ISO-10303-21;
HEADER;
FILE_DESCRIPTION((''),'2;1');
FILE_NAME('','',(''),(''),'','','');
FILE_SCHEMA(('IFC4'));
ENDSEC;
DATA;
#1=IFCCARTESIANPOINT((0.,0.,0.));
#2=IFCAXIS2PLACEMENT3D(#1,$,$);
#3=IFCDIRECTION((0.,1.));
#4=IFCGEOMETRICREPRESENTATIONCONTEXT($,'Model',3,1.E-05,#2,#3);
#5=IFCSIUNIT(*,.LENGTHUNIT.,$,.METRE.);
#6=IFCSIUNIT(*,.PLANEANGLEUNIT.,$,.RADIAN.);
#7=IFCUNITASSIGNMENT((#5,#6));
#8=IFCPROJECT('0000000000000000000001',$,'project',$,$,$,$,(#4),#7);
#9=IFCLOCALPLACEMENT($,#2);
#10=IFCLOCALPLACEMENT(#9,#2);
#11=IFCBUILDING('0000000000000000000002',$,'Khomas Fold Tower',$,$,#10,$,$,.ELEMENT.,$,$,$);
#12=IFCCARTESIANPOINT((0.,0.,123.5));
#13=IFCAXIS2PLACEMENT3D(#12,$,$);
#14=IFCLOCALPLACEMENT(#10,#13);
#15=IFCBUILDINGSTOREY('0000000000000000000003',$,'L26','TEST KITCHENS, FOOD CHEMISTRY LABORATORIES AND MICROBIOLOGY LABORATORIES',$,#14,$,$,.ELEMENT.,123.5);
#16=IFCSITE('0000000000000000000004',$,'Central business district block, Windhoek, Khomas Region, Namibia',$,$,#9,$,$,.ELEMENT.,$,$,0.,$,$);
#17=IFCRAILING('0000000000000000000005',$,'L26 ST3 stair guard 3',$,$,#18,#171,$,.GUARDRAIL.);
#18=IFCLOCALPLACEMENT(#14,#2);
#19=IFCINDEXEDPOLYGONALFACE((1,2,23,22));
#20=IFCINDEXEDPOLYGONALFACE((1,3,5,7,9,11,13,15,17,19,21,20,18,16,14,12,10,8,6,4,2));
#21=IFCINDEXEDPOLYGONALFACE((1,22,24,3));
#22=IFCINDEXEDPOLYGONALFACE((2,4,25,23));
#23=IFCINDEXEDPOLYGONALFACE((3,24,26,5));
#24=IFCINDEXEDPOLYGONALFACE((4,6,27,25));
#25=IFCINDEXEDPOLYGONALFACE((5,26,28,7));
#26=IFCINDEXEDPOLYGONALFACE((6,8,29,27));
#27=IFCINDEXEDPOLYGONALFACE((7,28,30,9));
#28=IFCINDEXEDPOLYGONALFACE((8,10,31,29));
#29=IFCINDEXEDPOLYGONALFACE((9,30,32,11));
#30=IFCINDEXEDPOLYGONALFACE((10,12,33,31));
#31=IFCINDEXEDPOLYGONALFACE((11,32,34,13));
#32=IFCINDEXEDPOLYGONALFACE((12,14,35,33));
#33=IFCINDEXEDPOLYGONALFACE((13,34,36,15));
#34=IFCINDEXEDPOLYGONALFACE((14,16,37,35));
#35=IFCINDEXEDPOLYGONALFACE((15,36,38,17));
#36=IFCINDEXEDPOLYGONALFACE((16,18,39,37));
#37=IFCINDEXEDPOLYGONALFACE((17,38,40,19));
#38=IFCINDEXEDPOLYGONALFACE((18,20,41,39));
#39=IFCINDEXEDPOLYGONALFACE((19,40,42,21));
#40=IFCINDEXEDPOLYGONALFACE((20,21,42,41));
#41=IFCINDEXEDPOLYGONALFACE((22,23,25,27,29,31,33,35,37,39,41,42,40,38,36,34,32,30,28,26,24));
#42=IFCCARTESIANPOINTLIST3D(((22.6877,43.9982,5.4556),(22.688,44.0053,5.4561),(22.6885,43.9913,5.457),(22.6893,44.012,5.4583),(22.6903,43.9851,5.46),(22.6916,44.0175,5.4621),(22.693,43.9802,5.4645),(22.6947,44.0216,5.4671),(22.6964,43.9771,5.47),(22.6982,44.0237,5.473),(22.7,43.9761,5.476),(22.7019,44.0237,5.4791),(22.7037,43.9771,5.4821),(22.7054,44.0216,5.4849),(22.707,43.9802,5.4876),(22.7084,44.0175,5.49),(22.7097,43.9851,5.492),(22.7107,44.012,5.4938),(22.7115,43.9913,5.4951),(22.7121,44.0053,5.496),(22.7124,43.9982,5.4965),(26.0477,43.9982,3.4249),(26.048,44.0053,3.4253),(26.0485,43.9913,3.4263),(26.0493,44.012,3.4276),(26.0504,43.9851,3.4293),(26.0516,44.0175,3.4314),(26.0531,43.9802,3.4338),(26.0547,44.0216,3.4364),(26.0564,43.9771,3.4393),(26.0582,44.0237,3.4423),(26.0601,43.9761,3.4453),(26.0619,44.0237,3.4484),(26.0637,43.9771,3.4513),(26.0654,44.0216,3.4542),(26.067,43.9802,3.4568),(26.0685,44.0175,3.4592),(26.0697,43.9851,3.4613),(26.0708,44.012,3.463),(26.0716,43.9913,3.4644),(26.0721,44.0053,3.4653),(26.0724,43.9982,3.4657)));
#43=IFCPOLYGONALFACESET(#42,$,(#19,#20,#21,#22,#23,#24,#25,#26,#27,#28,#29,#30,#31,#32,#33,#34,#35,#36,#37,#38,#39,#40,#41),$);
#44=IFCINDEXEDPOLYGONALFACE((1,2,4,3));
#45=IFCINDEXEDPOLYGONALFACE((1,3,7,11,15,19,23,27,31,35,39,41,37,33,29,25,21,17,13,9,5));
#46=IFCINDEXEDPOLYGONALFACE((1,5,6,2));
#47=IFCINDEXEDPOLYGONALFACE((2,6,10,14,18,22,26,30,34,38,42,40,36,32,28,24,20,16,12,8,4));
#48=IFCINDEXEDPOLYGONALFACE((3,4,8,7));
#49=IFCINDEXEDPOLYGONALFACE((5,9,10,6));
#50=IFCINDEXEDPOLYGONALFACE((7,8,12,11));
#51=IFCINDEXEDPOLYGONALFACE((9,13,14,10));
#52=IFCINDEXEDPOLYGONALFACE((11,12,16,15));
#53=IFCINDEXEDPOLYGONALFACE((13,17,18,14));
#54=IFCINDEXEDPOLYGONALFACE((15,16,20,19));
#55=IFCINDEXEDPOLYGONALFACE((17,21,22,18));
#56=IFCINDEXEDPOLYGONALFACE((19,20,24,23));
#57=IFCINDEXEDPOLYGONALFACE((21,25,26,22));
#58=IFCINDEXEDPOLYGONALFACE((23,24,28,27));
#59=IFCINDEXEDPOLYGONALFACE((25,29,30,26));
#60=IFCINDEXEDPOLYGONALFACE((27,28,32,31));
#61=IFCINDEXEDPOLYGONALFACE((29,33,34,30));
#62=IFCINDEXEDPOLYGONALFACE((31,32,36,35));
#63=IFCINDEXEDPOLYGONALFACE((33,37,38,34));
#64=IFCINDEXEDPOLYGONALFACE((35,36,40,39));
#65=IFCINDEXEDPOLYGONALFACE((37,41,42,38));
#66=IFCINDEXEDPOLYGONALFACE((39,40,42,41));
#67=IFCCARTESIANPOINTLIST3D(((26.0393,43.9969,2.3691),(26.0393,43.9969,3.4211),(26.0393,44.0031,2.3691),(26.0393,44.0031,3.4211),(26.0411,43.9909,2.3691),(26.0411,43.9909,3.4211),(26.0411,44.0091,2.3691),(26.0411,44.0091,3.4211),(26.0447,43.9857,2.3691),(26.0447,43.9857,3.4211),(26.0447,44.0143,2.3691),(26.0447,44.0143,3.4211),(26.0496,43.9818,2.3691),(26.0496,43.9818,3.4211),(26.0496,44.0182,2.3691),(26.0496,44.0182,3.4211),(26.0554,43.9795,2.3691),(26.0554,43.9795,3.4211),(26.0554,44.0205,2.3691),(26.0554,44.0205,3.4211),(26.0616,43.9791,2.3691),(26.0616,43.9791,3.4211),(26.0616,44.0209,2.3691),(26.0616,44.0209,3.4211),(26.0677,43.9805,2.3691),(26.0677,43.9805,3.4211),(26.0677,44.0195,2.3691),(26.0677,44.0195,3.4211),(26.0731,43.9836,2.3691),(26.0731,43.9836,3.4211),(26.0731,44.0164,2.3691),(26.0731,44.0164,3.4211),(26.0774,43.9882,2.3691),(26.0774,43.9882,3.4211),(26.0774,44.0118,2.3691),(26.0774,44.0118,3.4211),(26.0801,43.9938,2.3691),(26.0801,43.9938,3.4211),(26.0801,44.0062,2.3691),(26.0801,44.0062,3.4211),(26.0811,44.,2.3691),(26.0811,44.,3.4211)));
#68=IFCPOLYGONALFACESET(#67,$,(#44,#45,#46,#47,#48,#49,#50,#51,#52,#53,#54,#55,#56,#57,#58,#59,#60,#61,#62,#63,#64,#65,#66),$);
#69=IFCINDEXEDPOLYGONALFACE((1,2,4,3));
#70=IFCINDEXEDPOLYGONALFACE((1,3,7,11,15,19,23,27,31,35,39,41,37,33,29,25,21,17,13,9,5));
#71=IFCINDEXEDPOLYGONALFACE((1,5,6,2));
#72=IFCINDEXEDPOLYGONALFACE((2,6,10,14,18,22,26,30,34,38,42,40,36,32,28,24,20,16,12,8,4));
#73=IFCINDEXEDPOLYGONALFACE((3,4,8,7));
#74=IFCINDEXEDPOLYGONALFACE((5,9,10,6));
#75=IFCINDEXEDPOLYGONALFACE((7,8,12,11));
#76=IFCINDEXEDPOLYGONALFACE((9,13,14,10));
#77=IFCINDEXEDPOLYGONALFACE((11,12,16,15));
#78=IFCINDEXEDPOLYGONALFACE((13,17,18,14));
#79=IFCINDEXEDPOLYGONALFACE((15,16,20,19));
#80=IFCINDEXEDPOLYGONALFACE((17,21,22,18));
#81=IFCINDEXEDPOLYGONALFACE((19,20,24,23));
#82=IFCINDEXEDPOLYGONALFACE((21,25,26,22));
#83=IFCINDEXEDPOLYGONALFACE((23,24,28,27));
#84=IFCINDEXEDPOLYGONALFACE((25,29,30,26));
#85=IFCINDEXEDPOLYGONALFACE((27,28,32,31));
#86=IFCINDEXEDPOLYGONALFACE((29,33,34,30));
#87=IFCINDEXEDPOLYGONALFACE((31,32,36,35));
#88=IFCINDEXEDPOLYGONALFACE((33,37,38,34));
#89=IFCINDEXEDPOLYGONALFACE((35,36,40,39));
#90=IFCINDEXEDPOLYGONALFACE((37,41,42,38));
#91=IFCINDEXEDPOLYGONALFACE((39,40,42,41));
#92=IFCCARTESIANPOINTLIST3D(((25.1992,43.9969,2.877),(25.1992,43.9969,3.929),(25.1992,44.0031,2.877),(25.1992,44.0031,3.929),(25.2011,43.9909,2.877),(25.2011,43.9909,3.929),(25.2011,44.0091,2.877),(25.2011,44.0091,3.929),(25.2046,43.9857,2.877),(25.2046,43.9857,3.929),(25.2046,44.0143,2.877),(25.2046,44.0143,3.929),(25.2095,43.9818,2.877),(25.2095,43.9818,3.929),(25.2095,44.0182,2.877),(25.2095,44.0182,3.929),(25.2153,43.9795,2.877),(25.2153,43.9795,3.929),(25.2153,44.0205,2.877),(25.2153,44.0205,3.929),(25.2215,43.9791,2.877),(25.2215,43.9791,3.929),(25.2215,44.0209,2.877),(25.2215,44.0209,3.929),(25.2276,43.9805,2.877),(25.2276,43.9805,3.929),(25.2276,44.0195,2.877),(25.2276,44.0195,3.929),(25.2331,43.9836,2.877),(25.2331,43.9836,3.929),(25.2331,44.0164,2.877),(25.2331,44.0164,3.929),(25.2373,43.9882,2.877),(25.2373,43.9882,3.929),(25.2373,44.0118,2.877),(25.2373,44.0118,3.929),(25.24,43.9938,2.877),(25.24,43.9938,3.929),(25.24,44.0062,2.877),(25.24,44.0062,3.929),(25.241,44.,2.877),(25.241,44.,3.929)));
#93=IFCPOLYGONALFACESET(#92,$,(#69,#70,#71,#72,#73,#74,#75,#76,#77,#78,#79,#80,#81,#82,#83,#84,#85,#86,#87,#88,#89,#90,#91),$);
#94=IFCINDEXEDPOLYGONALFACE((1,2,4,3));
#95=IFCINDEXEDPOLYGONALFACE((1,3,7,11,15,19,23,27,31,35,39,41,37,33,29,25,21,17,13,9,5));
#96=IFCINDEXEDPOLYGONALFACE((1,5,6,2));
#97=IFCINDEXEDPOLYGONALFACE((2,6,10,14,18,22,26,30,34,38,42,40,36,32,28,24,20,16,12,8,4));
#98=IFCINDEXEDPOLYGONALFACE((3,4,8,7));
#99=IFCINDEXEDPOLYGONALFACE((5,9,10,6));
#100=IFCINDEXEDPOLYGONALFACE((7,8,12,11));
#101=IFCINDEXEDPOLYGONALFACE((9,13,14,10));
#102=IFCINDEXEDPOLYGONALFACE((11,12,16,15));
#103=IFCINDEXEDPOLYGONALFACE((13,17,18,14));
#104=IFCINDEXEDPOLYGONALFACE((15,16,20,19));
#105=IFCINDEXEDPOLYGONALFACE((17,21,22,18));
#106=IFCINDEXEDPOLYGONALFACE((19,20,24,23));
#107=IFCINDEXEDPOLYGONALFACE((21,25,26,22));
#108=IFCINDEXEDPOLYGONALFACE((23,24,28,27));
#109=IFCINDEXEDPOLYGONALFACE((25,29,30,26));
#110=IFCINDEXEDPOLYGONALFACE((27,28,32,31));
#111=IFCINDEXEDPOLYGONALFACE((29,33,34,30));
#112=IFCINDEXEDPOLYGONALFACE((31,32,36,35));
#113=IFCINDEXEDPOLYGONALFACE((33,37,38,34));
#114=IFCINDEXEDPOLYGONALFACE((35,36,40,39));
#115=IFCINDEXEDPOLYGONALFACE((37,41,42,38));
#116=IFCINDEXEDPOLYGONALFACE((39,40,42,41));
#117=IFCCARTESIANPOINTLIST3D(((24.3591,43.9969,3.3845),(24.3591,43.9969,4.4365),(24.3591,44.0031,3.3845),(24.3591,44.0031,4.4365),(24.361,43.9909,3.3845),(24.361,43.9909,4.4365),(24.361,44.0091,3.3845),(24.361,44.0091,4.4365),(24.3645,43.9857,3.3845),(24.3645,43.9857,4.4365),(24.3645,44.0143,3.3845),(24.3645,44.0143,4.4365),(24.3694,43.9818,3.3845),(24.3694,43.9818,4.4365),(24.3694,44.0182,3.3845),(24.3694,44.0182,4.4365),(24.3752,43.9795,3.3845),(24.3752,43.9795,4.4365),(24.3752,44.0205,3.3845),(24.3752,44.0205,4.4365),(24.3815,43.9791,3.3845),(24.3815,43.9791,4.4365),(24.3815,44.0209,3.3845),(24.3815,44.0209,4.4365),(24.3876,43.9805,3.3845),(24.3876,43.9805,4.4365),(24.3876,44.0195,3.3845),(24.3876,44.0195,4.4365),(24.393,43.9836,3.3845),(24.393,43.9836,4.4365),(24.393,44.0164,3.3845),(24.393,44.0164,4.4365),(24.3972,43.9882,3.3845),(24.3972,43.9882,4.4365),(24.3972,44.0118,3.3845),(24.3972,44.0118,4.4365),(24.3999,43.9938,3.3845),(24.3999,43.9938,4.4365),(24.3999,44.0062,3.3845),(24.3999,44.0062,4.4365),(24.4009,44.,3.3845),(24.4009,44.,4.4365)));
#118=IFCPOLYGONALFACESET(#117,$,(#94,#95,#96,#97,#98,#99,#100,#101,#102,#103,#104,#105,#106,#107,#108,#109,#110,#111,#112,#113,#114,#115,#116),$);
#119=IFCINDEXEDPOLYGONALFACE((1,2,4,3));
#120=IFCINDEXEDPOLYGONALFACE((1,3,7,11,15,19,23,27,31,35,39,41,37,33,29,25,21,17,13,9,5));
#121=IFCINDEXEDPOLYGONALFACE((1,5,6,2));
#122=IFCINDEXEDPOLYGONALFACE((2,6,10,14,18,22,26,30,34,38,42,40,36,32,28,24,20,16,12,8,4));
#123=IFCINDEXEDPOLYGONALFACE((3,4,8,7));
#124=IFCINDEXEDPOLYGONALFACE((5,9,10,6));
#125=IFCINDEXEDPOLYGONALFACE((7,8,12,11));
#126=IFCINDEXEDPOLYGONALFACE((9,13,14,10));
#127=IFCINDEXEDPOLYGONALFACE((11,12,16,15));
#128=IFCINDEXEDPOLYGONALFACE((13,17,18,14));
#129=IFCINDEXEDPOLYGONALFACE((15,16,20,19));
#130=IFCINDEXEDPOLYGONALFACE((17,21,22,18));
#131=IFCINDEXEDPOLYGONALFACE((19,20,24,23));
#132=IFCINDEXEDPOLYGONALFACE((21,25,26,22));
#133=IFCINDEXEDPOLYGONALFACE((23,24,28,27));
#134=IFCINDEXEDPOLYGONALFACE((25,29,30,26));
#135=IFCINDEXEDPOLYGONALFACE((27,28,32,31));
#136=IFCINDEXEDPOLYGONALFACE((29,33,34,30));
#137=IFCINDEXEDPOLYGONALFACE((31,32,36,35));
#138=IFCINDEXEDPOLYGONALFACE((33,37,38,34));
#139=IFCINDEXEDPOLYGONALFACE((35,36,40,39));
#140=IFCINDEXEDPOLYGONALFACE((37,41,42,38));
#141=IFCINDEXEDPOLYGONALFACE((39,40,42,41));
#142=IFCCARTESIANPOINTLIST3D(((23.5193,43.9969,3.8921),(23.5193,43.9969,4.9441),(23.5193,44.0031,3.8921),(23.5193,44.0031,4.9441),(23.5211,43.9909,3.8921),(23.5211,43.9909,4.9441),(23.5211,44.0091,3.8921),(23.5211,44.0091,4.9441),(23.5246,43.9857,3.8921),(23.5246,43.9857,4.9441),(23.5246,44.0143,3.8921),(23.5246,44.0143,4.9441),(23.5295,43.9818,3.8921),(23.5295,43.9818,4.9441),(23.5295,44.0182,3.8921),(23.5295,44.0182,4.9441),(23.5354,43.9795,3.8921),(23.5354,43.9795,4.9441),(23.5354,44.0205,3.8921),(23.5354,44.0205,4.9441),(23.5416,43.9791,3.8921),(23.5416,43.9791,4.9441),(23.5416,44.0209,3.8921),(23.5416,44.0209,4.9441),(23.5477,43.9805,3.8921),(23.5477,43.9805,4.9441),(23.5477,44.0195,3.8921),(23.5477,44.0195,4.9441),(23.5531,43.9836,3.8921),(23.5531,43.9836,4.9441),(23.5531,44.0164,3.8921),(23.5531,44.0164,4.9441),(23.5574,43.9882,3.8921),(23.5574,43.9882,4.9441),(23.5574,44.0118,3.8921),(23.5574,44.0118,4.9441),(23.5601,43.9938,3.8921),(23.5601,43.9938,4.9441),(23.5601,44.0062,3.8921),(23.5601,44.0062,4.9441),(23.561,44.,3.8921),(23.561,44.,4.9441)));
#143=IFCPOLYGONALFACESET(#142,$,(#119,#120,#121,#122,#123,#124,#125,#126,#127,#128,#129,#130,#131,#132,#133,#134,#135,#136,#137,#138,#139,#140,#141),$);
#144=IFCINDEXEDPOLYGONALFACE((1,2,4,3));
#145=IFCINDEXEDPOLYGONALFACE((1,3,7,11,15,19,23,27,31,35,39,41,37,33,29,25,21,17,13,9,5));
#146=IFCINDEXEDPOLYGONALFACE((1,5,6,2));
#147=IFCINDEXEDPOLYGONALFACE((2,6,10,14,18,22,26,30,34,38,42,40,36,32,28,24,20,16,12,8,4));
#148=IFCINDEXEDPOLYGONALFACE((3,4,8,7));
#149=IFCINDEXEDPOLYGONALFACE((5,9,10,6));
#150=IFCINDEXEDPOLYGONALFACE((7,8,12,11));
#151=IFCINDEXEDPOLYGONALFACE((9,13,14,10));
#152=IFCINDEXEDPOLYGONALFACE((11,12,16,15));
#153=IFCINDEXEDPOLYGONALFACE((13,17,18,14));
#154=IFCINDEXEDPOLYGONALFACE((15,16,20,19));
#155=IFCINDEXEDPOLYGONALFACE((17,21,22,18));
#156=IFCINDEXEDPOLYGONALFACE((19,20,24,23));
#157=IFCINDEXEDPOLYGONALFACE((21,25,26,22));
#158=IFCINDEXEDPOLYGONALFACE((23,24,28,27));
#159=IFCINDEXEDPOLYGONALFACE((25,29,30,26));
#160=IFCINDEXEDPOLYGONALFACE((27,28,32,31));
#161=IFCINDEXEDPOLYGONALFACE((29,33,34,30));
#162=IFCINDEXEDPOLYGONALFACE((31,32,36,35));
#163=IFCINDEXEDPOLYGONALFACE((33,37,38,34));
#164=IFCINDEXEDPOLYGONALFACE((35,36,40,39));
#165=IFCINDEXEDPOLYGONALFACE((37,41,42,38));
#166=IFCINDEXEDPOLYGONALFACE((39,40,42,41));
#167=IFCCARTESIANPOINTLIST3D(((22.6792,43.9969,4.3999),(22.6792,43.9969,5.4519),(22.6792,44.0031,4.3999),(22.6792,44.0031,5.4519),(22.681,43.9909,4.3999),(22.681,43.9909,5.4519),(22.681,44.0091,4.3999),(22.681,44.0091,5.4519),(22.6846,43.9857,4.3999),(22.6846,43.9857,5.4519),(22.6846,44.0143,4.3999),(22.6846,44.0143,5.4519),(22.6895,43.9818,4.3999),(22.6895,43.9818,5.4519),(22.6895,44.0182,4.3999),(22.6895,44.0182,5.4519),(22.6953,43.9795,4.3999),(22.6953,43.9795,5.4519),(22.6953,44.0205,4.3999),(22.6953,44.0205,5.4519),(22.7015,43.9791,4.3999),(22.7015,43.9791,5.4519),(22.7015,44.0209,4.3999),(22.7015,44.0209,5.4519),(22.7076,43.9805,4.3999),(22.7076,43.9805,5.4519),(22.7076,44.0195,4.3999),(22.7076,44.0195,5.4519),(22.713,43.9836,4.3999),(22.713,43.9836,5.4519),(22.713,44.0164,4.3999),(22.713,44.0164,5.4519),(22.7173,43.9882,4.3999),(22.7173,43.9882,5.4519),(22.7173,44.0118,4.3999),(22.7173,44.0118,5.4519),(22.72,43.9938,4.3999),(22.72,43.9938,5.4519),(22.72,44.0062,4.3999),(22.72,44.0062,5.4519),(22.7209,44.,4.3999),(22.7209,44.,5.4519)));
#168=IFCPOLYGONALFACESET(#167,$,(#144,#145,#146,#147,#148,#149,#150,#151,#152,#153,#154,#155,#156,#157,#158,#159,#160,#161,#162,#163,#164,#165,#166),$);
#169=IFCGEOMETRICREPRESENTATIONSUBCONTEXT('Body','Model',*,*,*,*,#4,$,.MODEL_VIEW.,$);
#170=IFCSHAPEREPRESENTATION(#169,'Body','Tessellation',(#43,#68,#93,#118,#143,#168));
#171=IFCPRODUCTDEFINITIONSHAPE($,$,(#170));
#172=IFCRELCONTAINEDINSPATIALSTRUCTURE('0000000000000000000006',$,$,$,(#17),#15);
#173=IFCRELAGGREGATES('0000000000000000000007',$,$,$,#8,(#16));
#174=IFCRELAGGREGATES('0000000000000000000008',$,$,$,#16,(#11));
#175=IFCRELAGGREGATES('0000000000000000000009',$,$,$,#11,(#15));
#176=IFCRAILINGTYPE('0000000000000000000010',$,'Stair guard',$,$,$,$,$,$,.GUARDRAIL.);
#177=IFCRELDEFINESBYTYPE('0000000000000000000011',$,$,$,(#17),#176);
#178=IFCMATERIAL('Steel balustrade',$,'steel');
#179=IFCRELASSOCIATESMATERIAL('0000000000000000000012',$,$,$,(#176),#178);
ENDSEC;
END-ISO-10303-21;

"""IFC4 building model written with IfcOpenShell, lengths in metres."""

from ifc_helpers import new_model, si_unit, direction, frame, origin, origin_2d, place, context, subcontext, project, spatial, circle, extrude, source, transform, mapped, material, type_object, element, save


model = new_model("IFC4")

# Units and contexts
model_context = context("Model", 3, precision=1e-05, world=origin(), true_north=direction((0.0, 1.0)))
body_context = subcontext(model_context, "Body", "Model", "MODEL_VIEW")
ifc_project = project(units=[si_unit("LENGTHUNIT", "METRE"), si_unit("PLANEANGLEUNIT", "RADIAN")], contexts=[model_context])

# Site, building, storey
site_placement = place(None, origin())
site = spatial("IfcSite", under=ifc_project, at=site_placement, Name="Central business district block, Windhoek, Khomas Region, Namibia", CompositionType="ELEMENT", RefElevation=0.0)
building_placement = place(site_placement, origin())
building = spatial("IfcBuilding", under=site, at=building_placement, Name="Khomas Fold Tower", CompositionType="ELEMENT")
storey_placement = place(building_placement, frame((0.0, 0.0, 123.5)))
storey = spatial("IfcBuildingStorey", under=building, at=storey_placement, Name="L26", Description="TEST KITCHENS, FOOD CHEMISTRY LABORATORIES AND MICROBIOLOGY LABORATORIES", CompositionType="ELEMENT", Elevation=123.5)

# Railing
ifc_material_1 = material(Name="Steel balustrade", Category="steel")
railing_type_1 = type_object("IfcRailingType", Name="Stair guard", PredefinedType="GUARDRAIL", material=ifc_material_1)
shared_shape_1 = source(origin(), body_context, "Body", "SweptSolid", [
    extrude(circle(Radius=0.0239, at=origin_2d()), frame((0.0, 0.0, 1.0762), z_axis=(-0.855837, 0.0, 0.517246), x_axis=(0.0, -1.0, 0.0)), (0.0, 0.0, 1.0), 3.926),
    extrude(circle(Radius=0.021, at=origin_2d()), origin(), (0.0, 0.0, 1.0), 1.052),
    extrude(circle(Radius=0.021, at=origin_2d()), frame((-0.8401, 0.0, 0.5078)), (0.0, 0.0, 1.0), 1.052),
    extrude(circle(Radius=0.021, at=origin_2d()), frame((-1.6802, 0.0, 1.0154)), (0.0, 0.0, 1.0), 1.052),
    extrude(circle(Radius=0.021, at=origin_2d()), frame((-2.52, 0.0, 1.5229)), (0.0, 0.0, 1.0), 1.052),
    extrude(circle(Radius=0.021, at=origin_2d()), frame((-3.3601, 0.0, 2.0308)), (0.0, 0.0, 1.0), 1.052),
])
railing_1_placement = place(storey_placement, frame((26.0601, 44.0, 2.3691)))
element("IfcRailing", 1, at=railing_1_placement, inside=storey, type_object=railing_type_1, Name="L26 ST3 stair guard 3", PredefinedType="GUARDRAIL", context=body_context, shape_type="MappedRepresentation", body=[
    mapped(shared_shape_1, transform((0.0, 0.0, 0.0))),
])

save(model, "model.ifc")
